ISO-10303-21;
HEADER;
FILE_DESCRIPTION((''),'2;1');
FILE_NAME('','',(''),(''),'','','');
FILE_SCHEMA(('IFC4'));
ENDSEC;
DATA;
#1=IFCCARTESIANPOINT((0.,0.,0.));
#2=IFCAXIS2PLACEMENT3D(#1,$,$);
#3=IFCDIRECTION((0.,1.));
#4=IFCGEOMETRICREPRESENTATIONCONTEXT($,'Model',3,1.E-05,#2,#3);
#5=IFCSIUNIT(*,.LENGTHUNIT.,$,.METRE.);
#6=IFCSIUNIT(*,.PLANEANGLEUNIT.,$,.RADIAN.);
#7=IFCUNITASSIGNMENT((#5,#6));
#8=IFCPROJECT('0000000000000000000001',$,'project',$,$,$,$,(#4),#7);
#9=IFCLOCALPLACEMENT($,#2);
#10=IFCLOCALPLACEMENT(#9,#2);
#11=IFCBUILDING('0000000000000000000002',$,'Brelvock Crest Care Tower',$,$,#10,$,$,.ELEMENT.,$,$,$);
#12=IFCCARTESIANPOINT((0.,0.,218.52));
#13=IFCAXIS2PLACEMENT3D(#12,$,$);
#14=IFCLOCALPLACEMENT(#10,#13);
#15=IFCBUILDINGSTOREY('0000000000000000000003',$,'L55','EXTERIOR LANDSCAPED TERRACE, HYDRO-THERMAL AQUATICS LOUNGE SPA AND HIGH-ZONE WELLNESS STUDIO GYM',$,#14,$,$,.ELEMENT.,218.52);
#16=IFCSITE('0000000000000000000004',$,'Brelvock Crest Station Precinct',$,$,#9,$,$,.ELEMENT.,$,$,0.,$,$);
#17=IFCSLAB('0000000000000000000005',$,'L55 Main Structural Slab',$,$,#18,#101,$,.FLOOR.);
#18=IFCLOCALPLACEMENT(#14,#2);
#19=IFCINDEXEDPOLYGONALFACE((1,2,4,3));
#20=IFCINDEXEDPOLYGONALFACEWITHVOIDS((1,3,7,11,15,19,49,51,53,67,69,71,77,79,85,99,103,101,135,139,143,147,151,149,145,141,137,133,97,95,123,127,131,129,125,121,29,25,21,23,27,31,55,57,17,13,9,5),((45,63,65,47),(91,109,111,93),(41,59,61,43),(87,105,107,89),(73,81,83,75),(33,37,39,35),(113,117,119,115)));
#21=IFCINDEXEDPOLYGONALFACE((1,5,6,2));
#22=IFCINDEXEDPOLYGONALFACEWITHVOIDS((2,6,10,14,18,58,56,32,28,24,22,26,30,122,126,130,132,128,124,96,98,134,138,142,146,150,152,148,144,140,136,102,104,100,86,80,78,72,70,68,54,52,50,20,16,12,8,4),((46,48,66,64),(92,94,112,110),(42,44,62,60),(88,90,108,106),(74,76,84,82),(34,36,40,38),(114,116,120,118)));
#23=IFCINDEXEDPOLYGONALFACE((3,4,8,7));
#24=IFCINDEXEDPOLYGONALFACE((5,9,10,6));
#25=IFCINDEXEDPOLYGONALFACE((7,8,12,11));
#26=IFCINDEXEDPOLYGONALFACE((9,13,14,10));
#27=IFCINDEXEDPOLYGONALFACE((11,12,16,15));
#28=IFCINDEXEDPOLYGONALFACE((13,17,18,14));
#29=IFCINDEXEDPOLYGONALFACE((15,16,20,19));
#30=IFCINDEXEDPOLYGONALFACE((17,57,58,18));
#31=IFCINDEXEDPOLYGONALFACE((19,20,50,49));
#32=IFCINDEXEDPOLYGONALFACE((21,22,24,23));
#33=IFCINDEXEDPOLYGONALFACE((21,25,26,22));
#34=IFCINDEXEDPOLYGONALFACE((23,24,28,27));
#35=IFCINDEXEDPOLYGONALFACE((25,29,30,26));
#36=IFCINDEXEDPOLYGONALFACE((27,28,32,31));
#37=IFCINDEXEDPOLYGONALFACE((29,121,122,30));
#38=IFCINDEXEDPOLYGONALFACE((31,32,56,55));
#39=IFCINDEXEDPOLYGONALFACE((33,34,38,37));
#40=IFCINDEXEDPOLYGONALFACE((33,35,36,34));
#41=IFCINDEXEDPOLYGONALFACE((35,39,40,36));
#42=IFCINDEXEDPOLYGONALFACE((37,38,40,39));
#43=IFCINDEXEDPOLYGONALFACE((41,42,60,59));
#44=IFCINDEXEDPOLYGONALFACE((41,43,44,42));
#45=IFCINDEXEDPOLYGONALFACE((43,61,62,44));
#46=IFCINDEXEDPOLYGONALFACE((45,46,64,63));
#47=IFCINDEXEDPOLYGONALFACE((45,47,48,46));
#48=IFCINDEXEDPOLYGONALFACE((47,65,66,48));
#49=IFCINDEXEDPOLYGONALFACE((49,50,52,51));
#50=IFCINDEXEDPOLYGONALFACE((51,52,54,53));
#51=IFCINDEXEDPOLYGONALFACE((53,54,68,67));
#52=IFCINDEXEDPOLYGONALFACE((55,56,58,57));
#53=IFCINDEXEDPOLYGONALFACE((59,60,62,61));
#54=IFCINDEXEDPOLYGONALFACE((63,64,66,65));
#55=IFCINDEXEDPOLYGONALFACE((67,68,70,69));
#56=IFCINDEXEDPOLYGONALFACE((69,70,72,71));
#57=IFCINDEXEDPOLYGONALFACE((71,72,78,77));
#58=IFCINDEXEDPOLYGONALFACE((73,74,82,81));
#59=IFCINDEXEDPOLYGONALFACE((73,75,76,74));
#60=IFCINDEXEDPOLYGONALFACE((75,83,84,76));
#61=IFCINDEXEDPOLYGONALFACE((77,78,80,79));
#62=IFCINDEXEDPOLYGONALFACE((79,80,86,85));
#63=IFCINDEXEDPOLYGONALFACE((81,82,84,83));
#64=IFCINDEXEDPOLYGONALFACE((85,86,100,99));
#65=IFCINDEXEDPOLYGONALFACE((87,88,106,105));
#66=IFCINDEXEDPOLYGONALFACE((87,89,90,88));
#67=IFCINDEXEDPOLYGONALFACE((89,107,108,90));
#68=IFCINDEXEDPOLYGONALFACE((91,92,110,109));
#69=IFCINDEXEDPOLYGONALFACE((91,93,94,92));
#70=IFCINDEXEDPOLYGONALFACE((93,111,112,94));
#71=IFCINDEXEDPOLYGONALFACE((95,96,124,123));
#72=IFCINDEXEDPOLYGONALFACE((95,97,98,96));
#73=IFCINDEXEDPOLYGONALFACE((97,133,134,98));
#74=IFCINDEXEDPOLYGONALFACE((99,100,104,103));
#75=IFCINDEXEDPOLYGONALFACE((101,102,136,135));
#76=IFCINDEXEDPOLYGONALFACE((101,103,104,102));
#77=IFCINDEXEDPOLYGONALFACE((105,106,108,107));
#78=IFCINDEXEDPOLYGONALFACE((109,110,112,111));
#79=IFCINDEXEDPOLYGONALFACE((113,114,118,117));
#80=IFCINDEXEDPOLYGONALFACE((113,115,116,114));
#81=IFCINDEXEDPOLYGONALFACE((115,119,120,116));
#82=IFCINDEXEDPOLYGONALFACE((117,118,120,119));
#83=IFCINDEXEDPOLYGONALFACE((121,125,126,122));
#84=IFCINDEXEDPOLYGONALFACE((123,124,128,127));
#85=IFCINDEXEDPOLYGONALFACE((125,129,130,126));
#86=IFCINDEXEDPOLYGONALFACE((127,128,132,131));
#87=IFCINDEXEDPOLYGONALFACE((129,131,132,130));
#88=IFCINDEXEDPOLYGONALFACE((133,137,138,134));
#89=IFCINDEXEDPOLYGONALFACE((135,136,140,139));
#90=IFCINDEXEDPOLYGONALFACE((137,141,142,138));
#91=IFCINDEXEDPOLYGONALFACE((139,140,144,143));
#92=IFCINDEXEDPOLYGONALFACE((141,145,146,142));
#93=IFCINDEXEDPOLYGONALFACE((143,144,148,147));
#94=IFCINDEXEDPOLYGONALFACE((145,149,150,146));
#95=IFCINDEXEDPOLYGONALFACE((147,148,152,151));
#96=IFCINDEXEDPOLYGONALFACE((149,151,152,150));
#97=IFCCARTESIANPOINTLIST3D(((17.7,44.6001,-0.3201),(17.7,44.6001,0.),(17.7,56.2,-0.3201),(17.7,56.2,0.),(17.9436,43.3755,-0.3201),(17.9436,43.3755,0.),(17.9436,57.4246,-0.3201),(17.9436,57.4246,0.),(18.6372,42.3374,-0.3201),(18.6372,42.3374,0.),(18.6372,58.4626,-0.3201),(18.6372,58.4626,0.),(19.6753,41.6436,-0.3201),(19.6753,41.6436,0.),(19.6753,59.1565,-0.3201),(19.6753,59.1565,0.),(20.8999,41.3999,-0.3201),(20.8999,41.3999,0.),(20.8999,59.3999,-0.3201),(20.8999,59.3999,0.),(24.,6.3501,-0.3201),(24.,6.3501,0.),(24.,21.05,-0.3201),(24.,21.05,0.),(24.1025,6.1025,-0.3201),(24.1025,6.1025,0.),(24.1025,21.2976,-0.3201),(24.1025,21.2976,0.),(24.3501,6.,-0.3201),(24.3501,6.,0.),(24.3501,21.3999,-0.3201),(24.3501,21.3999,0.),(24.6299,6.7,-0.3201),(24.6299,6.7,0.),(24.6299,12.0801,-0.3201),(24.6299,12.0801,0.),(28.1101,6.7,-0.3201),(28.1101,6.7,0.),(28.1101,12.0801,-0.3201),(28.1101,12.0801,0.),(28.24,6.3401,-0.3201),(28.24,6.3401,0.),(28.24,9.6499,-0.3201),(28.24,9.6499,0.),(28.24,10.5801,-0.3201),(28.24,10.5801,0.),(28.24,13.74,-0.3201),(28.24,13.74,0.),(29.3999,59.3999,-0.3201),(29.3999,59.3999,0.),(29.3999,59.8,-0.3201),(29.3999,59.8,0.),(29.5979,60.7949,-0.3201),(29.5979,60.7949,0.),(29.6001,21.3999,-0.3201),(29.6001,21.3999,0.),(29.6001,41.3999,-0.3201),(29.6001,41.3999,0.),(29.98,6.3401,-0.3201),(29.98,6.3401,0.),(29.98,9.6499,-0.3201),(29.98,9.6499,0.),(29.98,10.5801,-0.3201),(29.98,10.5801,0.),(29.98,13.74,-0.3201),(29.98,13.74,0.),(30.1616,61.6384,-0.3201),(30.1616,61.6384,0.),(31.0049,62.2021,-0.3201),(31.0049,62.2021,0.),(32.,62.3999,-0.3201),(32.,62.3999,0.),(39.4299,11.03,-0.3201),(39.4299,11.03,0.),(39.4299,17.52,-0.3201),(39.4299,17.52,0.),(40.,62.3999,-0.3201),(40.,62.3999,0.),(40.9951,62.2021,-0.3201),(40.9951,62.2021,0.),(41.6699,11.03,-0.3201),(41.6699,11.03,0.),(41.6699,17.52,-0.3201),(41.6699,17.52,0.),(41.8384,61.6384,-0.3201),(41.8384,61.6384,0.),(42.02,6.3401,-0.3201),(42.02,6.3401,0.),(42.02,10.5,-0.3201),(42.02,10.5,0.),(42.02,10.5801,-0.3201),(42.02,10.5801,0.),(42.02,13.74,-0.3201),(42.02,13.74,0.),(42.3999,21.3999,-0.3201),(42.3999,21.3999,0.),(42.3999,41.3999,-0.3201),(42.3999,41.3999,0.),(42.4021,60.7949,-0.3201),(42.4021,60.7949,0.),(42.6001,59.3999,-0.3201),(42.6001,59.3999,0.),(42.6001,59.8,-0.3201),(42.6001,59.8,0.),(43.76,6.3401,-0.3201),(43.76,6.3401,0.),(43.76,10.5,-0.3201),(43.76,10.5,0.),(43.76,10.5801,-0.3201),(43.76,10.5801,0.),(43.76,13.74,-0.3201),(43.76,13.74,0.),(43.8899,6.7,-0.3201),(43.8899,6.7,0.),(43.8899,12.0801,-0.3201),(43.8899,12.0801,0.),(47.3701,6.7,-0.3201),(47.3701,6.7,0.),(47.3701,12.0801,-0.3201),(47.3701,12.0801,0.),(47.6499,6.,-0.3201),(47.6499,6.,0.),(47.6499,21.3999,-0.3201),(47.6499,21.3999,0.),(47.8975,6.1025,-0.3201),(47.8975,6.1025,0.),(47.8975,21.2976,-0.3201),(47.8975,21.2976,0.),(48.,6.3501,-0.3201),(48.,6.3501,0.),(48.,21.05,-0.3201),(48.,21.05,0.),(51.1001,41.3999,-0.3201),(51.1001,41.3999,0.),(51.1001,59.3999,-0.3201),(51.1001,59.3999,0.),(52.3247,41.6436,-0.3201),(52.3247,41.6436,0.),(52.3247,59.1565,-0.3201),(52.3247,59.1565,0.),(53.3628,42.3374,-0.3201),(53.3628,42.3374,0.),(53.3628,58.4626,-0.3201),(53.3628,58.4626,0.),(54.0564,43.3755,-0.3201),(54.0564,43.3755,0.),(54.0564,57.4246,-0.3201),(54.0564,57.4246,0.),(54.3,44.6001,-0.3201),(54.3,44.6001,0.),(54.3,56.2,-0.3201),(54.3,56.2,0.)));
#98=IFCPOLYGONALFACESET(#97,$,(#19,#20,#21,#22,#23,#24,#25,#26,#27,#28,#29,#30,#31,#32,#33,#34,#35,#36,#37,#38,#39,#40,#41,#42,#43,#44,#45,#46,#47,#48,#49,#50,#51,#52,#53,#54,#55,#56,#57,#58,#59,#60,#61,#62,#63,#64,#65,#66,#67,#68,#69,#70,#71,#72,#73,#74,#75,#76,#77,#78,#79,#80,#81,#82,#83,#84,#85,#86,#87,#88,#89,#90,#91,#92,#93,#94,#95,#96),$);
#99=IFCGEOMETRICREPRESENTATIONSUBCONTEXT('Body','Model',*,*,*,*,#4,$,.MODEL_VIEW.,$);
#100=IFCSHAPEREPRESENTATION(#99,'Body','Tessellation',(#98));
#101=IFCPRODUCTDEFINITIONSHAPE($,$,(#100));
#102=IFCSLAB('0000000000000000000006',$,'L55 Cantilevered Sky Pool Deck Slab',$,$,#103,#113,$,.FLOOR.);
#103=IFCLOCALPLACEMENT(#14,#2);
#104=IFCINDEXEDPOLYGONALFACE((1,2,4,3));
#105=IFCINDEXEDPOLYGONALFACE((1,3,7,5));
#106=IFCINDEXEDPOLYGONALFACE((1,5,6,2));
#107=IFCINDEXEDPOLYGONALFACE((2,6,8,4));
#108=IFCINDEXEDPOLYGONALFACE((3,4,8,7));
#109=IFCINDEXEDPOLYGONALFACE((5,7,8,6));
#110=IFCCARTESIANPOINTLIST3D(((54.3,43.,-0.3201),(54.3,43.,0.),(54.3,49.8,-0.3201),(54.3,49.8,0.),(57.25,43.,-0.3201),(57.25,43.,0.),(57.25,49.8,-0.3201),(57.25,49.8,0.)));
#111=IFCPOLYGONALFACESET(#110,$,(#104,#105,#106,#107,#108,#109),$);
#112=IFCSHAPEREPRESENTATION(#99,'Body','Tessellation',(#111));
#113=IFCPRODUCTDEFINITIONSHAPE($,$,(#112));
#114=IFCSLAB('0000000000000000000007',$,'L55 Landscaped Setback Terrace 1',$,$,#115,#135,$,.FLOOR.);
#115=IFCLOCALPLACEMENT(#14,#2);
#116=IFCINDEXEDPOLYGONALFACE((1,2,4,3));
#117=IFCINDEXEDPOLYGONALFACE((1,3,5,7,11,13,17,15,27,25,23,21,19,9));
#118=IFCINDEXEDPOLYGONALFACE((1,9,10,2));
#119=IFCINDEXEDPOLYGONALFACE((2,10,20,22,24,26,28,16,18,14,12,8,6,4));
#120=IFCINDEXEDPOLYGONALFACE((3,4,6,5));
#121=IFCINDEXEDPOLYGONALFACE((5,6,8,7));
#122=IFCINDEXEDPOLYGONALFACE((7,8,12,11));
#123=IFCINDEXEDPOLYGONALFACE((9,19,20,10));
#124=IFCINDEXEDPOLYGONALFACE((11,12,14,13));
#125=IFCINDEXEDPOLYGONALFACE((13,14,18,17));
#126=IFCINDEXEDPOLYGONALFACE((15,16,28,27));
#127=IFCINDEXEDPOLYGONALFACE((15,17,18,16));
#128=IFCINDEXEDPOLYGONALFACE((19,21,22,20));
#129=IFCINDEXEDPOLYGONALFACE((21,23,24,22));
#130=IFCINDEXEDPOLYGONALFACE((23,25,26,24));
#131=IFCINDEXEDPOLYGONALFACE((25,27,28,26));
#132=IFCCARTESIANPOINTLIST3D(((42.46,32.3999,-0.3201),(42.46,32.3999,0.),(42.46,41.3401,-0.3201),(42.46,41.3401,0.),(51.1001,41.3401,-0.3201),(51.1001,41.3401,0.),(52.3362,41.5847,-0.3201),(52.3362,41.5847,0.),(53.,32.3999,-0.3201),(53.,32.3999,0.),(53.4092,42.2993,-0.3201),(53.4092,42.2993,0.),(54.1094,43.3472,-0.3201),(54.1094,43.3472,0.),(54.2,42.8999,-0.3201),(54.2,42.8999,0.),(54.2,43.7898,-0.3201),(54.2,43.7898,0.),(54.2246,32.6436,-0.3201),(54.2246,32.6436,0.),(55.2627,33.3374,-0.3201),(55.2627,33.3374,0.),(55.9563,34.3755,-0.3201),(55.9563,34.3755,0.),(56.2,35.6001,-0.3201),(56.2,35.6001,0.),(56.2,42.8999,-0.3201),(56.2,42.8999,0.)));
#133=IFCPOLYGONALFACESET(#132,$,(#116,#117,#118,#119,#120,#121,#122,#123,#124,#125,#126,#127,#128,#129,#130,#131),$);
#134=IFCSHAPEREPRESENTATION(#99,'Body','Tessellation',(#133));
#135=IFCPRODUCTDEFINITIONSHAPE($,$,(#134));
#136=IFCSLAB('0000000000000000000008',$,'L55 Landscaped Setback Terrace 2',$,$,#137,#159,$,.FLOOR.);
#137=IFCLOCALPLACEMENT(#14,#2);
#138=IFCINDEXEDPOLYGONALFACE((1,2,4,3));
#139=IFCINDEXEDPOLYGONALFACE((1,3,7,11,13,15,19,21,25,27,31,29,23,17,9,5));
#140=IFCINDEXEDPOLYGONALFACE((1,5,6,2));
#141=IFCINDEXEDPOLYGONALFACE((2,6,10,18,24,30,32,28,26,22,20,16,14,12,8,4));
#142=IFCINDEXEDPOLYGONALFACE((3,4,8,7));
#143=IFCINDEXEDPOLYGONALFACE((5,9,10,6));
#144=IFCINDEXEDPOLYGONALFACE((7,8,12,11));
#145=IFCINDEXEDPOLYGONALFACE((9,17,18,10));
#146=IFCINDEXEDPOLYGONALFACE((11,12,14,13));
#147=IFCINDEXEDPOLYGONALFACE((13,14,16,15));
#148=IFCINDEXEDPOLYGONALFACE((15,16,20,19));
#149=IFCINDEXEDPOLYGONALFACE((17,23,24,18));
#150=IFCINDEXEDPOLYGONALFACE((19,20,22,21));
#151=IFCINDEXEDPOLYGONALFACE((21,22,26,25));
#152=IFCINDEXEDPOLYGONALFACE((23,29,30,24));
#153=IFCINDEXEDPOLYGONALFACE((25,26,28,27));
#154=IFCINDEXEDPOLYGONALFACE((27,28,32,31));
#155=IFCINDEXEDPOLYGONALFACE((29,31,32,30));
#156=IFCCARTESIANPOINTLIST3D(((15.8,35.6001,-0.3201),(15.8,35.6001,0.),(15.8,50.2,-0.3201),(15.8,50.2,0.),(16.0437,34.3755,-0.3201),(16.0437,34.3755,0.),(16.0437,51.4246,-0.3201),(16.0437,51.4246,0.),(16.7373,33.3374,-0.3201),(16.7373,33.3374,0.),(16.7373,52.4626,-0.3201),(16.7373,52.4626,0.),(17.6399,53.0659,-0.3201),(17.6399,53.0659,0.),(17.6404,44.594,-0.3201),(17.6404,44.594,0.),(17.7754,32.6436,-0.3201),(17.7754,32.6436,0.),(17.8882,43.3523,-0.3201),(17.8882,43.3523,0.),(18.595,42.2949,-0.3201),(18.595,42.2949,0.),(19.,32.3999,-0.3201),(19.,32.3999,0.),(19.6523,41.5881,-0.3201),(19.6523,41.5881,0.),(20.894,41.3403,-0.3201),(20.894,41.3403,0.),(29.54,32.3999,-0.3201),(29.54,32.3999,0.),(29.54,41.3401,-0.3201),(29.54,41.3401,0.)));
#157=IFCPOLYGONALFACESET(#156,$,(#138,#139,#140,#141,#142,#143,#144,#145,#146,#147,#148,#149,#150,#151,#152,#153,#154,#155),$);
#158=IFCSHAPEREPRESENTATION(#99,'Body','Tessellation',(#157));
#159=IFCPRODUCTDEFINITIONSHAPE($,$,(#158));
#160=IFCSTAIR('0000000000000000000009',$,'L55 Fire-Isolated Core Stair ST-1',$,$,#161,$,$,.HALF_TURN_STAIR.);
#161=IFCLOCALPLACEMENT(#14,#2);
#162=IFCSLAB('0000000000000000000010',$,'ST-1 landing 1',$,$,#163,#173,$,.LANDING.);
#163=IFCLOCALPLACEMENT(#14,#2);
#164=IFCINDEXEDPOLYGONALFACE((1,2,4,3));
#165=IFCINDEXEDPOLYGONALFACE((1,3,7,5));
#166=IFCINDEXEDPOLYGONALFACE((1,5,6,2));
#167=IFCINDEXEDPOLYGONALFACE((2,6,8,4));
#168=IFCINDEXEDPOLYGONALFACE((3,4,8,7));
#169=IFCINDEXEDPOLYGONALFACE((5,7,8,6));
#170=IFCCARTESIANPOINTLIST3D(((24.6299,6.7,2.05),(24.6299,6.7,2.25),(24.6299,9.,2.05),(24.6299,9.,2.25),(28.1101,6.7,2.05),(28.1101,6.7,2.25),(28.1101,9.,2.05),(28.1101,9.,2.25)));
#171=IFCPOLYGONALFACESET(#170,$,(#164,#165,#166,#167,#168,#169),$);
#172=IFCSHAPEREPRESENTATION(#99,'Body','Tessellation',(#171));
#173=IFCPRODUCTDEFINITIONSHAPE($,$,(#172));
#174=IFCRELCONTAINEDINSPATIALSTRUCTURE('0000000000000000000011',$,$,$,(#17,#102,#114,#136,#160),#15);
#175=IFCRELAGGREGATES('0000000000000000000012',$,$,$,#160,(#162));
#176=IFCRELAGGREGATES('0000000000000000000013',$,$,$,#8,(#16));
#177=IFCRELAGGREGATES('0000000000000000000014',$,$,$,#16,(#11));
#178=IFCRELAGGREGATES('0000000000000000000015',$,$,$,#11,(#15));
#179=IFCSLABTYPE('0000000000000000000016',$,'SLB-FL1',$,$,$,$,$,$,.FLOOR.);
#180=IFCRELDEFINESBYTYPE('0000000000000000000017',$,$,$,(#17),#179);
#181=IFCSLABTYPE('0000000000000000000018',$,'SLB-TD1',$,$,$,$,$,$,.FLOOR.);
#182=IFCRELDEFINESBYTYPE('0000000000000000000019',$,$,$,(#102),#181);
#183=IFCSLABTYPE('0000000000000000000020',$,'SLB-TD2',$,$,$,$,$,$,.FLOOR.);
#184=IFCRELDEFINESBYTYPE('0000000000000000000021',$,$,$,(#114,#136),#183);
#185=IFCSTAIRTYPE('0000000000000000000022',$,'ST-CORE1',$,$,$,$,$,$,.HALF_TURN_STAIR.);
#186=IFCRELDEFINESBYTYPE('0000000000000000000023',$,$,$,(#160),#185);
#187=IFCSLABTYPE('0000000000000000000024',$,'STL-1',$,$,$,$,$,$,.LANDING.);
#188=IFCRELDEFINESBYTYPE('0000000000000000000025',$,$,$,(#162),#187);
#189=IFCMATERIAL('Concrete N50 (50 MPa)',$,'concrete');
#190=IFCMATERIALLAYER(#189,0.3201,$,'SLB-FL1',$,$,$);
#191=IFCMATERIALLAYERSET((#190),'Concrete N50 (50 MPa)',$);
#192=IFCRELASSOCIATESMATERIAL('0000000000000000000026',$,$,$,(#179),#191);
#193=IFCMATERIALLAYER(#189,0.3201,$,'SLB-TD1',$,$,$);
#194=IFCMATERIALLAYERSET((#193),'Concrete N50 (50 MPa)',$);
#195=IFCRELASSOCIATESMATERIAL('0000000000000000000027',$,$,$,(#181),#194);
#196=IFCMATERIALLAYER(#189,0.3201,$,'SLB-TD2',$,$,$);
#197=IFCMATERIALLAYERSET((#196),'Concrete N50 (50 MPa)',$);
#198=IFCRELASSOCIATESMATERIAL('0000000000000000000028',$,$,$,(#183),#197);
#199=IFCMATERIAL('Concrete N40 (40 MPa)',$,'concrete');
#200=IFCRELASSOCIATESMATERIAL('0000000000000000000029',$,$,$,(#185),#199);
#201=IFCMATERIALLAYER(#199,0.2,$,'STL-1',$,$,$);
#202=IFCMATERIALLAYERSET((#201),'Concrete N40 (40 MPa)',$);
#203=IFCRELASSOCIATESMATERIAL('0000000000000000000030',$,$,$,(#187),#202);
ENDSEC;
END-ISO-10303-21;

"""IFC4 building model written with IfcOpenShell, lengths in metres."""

from ifc_helpers import new_model, si_unit, direction, frame, origin, place, context, subcontext, project, spatial, polyline, outline, extrude, material, layer, layer_set, type_object, element, aggregate, save


model = new_model("IFC4")

# Units and contexts
model_context = context("Model", 3, precision=1e-05, world=origin(), true_north=direction((0.0, 1.0)))
body_context = subcontext(model_context, "Body", "Model", "MODEL_VIEW")
ifc_project = project(units=[si_unit("LENGTHUNIT", "METRE"), si_unit("PLANEANGLEUNIT", "RADIAN")], contexts=[model_context])

# Site, building, storey
site_placement = place(None, origin())
site = spatial("IfcSite", under=ifc_project, at=site_placement, Name="Brelvock Crest Station Precinct", CompositionType="ELEMENT", RefElevation=0.0)
building_placement = place(site_placement, origin())
building = spatial("IfcBuilding", under=site, at=building_placement, Name="Brelvock Crest Care Tower", CompositionType="ELEMENT")
storey_placement = place(building_placement, frame((0.0, 0.0, 218.52)))
storey = spatial("IfcBuildingStorey", under=building, at=storey_placement, Name="L55", Description="EXTERIOR LANDSCAPED TERRACE, HYDRO-THERMAL AQUATICS LOUNGE SPA AND HIGH-ZONE WELLNESS STUDIO GYM", CompositionType="ELEMENT", Elevation=218.52)

# Slabs
ifc_material_1 = material(Name="Concrete N50 (50 MPa)", Category="concrete")
ifc_layer_1 = layer(ifc_material_1, 0.3201, Name="SLB-FL1")
ifc_layer_set_1 = layer_set([ifc_layer_1], Name="Concrete N50 (50 MPa)")
slab_type_1 = type_object("IfcSlabType", Name="SLB-FL1", PredefinedType="FLOOR", material=ifc_layer_set_1)
slab_1_placement = place(storey_placement, frame((0.0, 0.0, -0.3201)))
element("IfcSlab", 1, at=slab_1_placement, inside=storey, type_object=slab_type_1, Name="L55 Main Structural Slab", PredefinedType="FLOOR", context=body_context, shape_type="SweptSolid", body=[
    extrude(outline(polyline([(47.6499, 21.3999), (42.3999, 21.3999), (42.3999, 41.3999), (51.1001, 41.3999), (52.3247, 41.6436), (53.3628, 42.3374), (54.0564, 43.3755), (54.3, 44.6001), (54.3, 56.2), (54.0564, 57.4246), (53.3628, 58.4626), (52.3247, 59.1565), (51.1001, 59.3999), (42.6001, 59.3999), (42.6001, 59.8), (42.4021, 60.7949), (41.8384, 61.6384), (40.9951, 62.2021), (40.0, 62.3999), (32.0, 62.3999), (31.0049, 62.2021), (30.1616, 61.6384), (29.5979, 60.7949), (29.3999, 59.8), (29.3999, 59.3999), (20.8999, 59.3999), (19.6753, 59.1565), (18.6372, 58.4626), (17.9436, 57.4246), (17.7, 56.2), (17.7, 44.6001), (17.9436, 43.3755), (18.6372, 42.3374), (19.6753, 41.6436), (20.8999, 41.3999), (29.6001, 41.3999), (29.6001, 21.3999), (24.3501, 21.3999), (24.1025, 21.2976), (24.0, 21.05), (24.0, 6.3501), (24.1025, 6.1025), (24.3501, 6.0), (47.6499, 6.0), (47.8975, 6.1025), (48.0, 6.3501), (48.0, 21.05), (47.8975, 21.2976), (47.6499, 21.3999)]), holes=[polyline([(28.24, 10.5801), (29.98, 10.5801), (29.98, 13.74), (28.24, 13.74), (28.24, 10.5801)]), polyline([(42.02, 10.5801), (43.76, 10.5801), (43.76, 13.74), (42.02, 13.74), (42.02, 10.5801)]), polyline([(28.24, 6.3401), (29.98, 6.3401), (29.98, 9.6499), (28.24, 9.6499), (28.24, 6.3401)]), polyline([(24.6299, 12.0801), (24.6299, 6.7), (28.1101, 6.7), (28.1101, 12.0801), (24.6299, 12.0801)]), polyline([(43.8899, 12.0801), (43.8899, 6.7), (47.3701, 6.7), (47.3701, 12.0801), (43.8899, 12.0801)]), polyline([(42.02, 6.3401), (43.76, 6.3401), (43.76, 10.5), (42.02, 10.5), (42.02, 6.3401)]), polyline([(39.4299, 11.03), (41.6699, 11.03), (41.6699, 17.52), (39.4299, 17.52), (39.4299, 11.03)])]), origin(), (0.0, 0.0, 1.0), 0.3201),
])
ifc_layer_2 = layer(ifc_material_1, 0.3201, Name="SLB-TD1")
ifc_layer_set_2 = layer_set([ifc_layer_2], Name="Concrete N50 (50 MPa)")
slab_type_2 = type_object("IfcSlabType", Name="SLB-TD1", PredefinedType="FLOOR", material=ifc_layer_set_2)
slab_2_placement = place(storey_placement, frame((0.0, 0.0, -0.3201)))
element("IfcSlab", 2, at=slab_2_placement, inside=storey, type_object=slab_type_2, Name="L55 Cantilevered Sky Pool Deck Slab", PredefinedType="FLOOR", context=body_context, shape_type="SweptSolid", body=[
    extrude(outline(polyline([(54.3, 43.0), (57.25, 43.0), (57.25, 49.8), (54.3, 49.8), (54.3, 43.0)])), origin(), (0.0, 0.0, 1.0), 0.3201),
])
ifc_layer_3 = layer(ifc_material_1, 0.3201, Name="SLB-TD2")
ifc_layer_set_3 = layer_set([ifc_layer_3], Name="Concrete N50 (50 MPa)")
slab_type_3 = type_object("IfcSlabType", Name="SLB-TD2", PredefinedType="FLOOR", material=ifc_layer_set_3)
slab_3_placement = place(storey_placement, frame((0.0, 0.0, -0.3201)))
element("IfcSlab", 3, at=slab_3_placement, inside=storey, type_object=slab_type_3, Name="L55 Landscaped Setback Terrace 1", PredefinedType="FLOOR", context=body_context, shape_type="SweptSolid", body=[
    extrude(outline(polyline([(56.2, 42.8999), (54.2, 42.8999), (54.2, 43.7898), (54.1094, 43.3472), (53.4092, 42.2993), (52.3362, 41.5847), (51.1001, 41.3401), (42.46, 41.3401), (42.46, 32.3999), (53.0, 32.3999), (54.2246, 32.6436), (55.2627, 33.3374), (55.9563, 34.3755), (56.2, 35.6001), (56.2, 42.8999)])), origin(), (0.0, 0.0, 1.0), 0.3201),
])
slab_4_placement = place(storey_placement, frame((0.0, 0.0, -0.3201)))
element("IfcSlab", 4, at=slab_4_placement, inside=storey, type_object=slab_type_3, Name="L55 Landscaped Setback Terrace 2", PredefinedType="FLOOR", context=body_context, shape_type="SweptSolid", body=[
    extrude(outline(polyline([(19.0, 32.3999), (29.54, 32.3999), (29.54, 41.3401), (20.894, 41.3403), (19.6523, 41.5881), (18.595, 42.2949), (17.8882, 43.3523), (17.6404, 44.594), (17.6399, 53.0659), (16.7373, 52.4626), (16.0437, 51.4246), (15.8, 50.2), (15.8, 35.6001), (16.0437, 34.3755), (16.7373, 33.3374), (17.7754, 32.6436), (19.0, 32.3999)])), origin(), (0.0, 0.0, 1.0), 0.3201),
])

# Stair, slab
ifc_material_2 = material(Name="Concrete N40 (40 MPa)", Category="concrete")
stair_type = type_object("IfcStairType", Name="ST-CORE1", PredefinedType="HALF_TURN_STAIR", material=ifc_material_2)
stair_1_placement = place(storey_placement, origin())
stair_1 = element("IfcStair", 5, at=stair_1_placement, inside=storey, type_object=stair_type, Name="L55 Fire-Isolated Core Stair ST-1", PredefinedType="HALF_TURN_STAIR")
ifc_layer_4 = layer(ifc_material_2, 0.2, Name="STL-1")
ifc_layer_set_4 = layer_set([ifc_layer_4], Name="Concrete N40 (40 MPa)")
slab_type_4 = type_object("IfcSlabType", Name="STL-1", PredefinedType="LANDING", material=ifc_layer_set_4)
slab_5_placement = place(storey_placement, frame((0.0, 0.0, 2.05)))
slab_5 = element("IfcSlab", 6, at=slab_5_placement, type_object=slab_type_4, Name="ST-1 landing 1", PredefinedType="LANDING", context=body_context, shape_type="SweptSolid", body=[
    extrude(outline(polyline([(24.6299, 9.0), (24.6299, 6.7), (28.1101, 6.7), (28.1101, 9.0), (24.6299, 9.0)])), origin(), (0.0, 0.0, 1.0), 0.2),
])
aggregate(stair_1, [slab_5])

save(model, "model.ifc")
